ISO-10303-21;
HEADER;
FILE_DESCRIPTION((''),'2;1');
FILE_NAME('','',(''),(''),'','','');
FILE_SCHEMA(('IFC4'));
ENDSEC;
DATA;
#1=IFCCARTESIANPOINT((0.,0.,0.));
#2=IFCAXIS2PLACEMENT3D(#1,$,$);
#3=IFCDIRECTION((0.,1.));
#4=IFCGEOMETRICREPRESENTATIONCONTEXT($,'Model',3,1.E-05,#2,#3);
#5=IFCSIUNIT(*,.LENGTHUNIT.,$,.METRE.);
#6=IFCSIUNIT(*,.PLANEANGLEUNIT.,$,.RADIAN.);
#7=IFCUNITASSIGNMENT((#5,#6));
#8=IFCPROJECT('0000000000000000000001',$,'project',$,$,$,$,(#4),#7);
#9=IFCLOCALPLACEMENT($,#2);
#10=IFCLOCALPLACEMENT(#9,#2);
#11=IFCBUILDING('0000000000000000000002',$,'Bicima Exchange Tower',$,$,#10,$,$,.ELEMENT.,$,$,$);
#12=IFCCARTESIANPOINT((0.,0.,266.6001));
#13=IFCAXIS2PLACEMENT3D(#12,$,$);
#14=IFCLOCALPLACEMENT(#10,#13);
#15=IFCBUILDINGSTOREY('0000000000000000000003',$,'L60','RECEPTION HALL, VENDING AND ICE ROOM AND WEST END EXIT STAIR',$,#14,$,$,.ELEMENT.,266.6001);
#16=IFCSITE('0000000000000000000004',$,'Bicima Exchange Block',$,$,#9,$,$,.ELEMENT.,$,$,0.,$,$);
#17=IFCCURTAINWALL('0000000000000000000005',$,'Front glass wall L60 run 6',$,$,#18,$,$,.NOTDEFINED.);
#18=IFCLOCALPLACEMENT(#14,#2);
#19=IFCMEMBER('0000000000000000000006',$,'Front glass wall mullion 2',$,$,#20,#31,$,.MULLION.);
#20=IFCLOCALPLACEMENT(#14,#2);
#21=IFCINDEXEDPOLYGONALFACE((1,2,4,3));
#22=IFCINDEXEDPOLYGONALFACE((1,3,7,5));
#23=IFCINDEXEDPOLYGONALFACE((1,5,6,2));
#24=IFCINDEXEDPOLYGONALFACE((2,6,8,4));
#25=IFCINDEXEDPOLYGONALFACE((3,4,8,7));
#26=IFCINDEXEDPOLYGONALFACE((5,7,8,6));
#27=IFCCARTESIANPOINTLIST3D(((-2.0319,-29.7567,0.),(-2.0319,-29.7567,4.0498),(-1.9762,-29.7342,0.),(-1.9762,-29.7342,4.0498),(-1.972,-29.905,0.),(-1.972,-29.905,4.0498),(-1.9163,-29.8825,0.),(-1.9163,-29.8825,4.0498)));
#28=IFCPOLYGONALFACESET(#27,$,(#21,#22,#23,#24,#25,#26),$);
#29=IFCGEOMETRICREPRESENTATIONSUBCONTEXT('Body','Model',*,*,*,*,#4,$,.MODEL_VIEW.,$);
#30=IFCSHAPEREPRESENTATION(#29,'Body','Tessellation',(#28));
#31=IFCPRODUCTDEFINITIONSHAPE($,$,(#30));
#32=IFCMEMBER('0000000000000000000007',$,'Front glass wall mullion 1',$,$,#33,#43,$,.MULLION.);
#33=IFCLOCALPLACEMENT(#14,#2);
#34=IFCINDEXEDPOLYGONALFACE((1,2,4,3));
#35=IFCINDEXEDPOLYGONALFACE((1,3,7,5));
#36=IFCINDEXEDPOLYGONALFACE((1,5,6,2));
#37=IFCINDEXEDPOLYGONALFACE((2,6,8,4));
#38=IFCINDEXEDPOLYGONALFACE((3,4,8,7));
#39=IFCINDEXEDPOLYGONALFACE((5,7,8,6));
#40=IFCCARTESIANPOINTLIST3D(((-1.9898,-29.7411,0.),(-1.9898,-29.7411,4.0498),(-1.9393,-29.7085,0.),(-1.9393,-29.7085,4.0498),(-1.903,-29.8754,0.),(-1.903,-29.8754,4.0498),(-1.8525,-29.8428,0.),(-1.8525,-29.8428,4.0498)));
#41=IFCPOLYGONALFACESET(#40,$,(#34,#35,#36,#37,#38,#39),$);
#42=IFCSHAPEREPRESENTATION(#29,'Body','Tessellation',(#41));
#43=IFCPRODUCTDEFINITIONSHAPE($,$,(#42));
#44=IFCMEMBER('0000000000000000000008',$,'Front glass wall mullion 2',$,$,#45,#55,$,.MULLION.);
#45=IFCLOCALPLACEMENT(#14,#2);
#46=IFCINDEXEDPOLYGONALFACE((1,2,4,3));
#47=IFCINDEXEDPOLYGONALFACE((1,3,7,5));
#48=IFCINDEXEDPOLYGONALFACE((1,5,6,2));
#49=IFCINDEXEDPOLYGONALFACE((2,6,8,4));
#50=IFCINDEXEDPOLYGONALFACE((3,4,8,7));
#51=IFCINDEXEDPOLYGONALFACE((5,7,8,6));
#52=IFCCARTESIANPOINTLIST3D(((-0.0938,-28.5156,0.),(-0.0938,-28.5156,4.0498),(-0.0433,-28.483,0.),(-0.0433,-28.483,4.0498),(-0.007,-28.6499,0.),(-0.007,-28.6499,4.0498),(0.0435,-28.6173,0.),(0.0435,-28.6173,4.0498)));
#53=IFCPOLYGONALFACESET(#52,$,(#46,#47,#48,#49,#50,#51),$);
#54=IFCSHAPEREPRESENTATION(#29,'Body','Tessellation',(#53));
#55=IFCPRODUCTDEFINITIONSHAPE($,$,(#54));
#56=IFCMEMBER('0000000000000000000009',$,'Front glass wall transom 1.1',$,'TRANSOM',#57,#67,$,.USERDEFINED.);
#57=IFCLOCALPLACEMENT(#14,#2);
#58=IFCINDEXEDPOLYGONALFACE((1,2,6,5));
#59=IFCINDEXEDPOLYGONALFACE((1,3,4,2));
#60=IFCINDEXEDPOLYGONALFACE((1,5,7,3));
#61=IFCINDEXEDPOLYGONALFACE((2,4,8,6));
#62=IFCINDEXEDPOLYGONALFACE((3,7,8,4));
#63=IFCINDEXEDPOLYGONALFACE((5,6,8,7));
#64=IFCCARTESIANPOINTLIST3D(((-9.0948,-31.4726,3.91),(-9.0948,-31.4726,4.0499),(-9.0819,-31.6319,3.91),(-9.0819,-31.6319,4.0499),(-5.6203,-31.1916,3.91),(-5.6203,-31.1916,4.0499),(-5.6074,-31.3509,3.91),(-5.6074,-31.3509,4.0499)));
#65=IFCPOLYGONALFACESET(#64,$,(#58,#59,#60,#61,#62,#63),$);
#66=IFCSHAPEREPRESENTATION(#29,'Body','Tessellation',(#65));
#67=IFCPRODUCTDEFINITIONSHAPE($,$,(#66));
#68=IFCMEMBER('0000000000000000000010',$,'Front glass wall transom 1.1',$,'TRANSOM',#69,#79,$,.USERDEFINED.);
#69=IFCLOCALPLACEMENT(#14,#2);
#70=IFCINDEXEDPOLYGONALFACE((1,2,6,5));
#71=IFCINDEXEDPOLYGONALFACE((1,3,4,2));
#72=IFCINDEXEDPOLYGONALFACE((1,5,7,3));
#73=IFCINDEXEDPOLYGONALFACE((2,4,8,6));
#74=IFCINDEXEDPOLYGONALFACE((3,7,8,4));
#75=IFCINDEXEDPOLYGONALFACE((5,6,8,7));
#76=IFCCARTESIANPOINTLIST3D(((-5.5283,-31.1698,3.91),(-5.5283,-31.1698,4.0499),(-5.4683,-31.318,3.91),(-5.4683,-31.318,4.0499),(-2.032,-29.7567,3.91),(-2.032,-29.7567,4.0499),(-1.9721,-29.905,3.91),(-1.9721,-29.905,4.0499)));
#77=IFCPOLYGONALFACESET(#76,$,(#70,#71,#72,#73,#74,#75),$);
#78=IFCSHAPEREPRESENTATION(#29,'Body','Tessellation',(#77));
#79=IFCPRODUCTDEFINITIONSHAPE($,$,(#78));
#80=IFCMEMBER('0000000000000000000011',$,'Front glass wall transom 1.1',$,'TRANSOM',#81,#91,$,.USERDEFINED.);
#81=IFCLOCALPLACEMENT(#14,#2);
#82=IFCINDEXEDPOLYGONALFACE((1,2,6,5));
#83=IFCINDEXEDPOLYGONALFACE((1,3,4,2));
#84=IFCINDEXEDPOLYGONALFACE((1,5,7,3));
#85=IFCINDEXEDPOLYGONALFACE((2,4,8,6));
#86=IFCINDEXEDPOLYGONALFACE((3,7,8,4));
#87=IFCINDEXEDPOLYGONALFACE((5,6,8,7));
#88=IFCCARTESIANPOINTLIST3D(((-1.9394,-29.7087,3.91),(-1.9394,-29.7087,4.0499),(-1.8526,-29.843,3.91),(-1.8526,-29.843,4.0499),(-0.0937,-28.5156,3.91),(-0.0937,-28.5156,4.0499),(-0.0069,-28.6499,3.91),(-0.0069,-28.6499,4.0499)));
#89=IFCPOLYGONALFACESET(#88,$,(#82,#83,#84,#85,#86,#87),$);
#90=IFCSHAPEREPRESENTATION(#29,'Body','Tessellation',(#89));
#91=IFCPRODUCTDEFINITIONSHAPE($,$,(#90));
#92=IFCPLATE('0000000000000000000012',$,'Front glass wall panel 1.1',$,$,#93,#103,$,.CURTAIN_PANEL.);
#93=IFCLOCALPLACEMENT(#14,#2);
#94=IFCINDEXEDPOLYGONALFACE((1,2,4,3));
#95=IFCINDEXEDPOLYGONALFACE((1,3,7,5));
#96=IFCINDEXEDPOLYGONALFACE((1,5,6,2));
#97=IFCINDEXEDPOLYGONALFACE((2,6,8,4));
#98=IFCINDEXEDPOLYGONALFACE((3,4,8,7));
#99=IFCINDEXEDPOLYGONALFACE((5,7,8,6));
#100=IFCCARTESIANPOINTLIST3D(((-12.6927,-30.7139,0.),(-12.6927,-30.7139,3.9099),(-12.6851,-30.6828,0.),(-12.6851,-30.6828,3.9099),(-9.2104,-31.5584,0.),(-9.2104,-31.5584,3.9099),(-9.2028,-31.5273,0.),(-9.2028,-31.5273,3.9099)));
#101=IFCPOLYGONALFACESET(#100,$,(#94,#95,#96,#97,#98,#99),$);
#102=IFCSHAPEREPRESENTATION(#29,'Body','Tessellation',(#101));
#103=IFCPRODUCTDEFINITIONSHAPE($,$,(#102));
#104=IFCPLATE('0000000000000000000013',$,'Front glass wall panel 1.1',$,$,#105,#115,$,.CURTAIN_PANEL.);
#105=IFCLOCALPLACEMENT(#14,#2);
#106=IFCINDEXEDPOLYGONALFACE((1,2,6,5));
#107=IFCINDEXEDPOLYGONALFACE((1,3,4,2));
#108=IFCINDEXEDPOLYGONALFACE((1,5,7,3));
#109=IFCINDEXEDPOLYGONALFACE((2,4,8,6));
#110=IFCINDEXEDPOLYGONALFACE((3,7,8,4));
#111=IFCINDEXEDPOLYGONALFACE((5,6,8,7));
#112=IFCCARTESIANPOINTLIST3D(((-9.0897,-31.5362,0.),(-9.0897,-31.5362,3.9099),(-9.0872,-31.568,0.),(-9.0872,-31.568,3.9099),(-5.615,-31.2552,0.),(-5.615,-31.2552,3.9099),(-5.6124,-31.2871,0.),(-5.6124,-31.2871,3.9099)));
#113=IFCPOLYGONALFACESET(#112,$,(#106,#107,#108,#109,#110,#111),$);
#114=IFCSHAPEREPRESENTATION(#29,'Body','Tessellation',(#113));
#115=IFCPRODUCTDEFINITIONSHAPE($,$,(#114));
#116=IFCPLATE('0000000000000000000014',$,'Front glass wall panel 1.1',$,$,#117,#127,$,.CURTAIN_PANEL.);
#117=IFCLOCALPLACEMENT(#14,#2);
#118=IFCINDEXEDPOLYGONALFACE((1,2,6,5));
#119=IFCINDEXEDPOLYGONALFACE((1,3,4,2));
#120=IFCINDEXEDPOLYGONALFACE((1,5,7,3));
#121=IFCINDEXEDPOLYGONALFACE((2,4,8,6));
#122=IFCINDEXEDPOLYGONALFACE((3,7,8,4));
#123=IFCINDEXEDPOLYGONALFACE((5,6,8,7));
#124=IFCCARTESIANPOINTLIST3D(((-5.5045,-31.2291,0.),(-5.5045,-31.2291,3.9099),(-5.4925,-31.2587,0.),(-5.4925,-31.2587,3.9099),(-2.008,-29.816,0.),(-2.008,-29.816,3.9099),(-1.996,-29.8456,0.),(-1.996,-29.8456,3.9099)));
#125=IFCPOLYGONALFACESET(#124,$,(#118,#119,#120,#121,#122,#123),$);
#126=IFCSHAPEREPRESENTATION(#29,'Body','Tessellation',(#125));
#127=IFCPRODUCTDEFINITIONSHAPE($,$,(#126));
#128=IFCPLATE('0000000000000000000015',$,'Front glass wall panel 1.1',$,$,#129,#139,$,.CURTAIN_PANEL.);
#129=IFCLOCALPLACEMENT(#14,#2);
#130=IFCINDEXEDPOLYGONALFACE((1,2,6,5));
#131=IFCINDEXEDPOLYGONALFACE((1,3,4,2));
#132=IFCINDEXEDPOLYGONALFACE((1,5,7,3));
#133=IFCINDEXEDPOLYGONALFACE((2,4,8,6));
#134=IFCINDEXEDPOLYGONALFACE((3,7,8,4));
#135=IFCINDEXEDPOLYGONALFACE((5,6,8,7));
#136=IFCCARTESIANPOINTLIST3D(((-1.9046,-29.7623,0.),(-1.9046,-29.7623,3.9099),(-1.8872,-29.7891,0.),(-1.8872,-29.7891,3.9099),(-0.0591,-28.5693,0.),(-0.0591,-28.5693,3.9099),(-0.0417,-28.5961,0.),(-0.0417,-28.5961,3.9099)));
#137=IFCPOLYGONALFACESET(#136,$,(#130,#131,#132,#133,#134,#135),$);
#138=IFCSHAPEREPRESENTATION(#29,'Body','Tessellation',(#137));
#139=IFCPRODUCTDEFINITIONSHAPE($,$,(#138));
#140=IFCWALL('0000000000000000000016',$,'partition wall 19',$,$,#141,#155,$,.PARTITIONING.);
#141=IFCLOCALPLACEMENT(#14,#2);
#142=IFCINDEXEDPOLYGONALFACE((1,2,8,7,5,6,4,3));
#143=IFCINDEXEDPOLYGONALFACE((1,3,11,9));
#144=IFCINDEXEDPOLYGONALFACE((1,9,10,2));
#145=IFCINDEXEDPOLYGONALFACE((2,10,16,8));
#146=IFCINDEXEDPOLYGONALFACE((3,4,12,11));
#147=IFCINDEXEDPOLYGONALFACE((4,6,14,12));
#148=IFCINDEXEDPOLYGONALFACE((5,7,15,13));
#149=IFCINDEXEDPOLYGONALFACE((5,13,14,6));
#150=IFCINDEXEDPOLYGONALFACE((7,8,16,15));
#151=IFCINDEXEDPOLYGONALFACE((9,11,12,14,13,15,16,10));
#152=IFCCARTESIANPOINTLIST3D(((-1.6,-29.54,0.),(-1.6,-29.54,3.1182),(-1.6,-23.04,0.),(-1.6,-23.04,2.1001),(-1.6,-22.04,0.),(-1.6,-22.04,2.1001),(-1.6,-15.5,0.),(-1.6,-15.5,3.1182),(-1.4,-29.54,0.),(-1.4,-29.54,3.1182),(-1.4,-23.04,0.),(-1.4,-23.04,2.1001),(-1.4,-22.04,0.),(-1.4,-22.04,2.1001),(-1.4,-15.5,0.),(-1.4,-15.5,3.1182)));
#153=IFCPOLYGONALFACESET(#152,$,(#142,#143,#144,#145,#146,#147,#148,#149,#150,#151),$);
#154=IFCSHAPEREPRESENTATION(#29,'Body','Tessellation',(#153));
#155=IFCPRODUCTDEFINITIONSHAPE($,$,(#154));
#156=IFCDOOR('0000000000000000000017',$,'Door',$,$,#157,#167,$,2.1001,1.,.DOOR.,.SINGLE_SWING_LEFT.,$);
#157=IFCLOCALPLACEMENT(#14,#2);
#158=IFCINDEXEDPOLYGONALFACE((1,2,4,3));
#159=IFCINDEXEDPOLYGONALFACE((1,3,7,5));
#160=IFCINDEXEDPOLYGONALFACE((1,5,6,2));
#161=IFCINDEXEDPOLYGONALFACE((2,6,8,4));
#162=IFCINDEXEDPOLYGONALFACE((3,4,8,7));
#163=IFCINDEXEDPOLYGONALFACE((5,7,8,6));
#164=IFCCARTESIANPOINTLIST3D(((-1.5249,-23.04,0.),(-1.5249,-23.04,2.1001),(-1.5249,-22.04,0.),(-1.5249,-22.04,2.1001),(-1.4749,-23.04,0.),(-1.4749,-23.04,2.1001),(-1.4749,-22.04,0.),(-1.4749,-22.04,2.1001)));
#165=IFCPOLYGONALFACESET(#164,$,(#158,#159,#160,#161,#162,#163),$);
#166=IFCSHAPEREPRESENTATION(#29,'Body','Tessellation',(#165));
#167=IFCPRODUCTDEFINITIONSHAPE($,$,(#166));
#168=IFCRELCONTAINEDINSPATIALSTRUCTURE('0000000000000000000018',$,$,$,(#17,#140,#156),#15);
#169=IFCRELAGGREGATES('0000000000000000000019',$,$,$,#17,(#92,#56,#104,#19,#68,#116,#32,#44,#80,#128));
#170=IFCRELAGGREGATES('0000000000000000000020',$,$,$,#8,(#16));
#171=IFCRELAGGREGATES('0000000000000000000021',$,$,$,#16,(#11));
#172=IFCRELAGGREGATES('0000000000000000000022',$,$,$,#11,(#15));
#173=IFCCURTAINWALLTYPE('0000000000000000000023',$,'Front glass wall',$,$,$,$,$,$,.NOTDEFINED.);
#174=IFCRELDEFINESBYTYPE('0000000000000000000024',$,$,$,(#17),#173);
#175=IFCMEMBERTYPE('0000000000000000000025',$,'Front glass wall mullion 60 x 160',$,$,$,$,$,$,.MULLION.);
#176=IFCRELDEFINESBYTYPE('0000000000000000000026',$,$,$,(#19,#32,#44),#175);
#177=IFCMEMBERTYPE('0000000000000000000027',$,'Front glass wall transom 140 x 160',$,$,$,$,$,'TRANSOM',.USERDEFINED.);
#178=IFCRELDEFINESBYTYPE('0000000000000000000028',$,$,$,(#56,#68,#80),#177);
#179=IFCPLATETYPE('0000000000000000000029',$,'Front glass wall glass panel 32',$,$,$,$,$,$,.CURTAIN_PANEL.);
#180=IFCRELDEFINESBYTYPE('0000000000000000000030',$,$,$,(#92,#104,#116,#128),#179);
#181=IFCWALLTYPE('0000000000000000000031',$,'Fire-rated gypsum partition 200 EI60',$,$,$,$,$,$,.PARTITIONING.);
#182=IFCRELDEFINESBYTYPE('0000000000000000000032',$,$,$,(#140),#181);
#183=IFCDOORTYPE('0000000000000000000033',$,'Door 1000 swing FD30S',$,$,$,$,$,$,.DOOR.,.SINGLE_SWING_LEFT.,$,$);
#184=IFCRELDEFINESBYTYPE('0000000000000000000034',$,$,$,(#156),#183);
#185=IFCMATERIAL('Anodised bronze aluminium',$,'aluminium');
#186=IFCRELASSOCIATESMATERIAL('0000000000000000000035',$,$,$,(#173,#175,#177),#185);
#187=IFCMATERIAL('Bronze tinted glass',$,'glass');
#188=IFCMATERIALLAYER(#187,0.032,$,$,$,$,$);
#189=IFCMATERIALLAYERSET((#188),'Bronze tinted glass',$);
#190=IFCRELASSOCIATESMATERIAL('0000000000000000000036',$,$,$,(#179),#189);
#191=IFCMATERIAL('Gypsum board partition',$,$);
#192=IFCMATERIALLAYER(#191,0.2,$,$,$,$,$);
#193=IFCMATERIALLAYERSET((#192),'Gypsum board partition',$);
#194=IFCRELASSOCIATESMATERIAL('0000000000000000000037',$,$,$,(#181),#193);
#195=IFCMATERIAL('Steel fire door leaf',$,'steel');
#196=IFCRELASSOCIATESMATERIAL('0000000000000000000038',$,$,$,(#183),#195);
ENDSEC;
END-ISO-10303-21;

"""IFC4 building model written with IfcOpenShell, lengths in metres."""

from ifc_helpers import new_model, si_unit, direction, frame, frame_2d, origin, origin_2d, place, context, subcontext, project, spatial, rectangle, extrude, material, layer, layer_set, material_profile, profile_set, type_object, element, fill, aggregate, save


model = new_model("IFC4")

# Units and contexts
model_context = context("Model", 3, precision=1e-05, world=origin(), true_north=direction((0.0, 1.0)))
body_context = subcontext(model_context, "Body", "Model", "MODEL_VIEW")
ifc_project = project(units=[si_unit("LENGTHUNIT", "METRE"), si_unit("PLANEANGLEUNIT", "RADIAN")], contexts=[model_context])

# Site, building, storey
site_placement = place(None, origin())
site = spatial("IfcSite", under=ifc_project, at=site_placement, Name="Bicima Exchange Block", CompositionType="ELEMENT", RefElevation=0.0)
building_placement = place(site_placement, origin())
building = spatial("IfcBuilding", under=site, at=building_placement, Name="Bicima Exchange Tower", CompositionType="ELEMENT")
storey_placement = place(building_placement, frame((0.0, 0.0, 266.6001)))
storey = spatial("IfcBuildingStorey", under=building, at=storey_placement, Name="L60", Description="RECEPTION HALL, VENDING AND ICE ROOM AND WEST END EXIT STAIR", CompositionType="ELEMENT", Elevation=266.6001)

# Curtain wall, members, plates
ifc_material_1 = material(Name="Anodised bronze aluminium", Category="aluminium")
curtain_wall_type = type_object("IfcCurtainWallType", Name="Front glass wall", PredefinedType="NOTDEFINED", material=ifc_material_1)
curtain_wall_placement = place(storey_placement, origin())
curtain_wall = element("IfcCurtainWall", 1, at=curtain_wall_placement, inside=storey, type_object=curtain_wall_type, Name="Front glass wall L60 run 6", PredefinedType="NOTDEFINED")
ifc_material_profile_1 = material_profile(ifc_material_1, rectangle(XDim=0.1599, YDim=0.0601, at=origin_2d()))
ifc_profile_set_1 = profile_set([ifc_material_profile_1], Name="Anodised bronze aluminium")
member_type_1 = type_object("IfcMemberType", Name="Front glass wall mullion 60 x 160", PredefinedType="MULLION", material=ifc_profile_set_1)
member_1_placement = place(storey_placement, frame((-1.9741, -29.8196, 0.0), z_axis=(0.0, 0.0, 1.0), x_axis=(-0.374705, 0.927144, 0.0)))
member_1 = element("IfcMember", 2, at=member_1_placement, type_object=member_type_1, Name="Front glass wall mullion 2", PredefinedType="MULLION", context=body_context, shape_type="SweptSolid", body=[
    extrude(rectangle(XDim=0.1599, YDim=0.0601, at=origin_2d()), origin(), (0.0, 0.0, 1.0), 4.0498),
])
member_2_placement = place(storey_placement, frame((-1.9211, -29.792, 0.0), z_axis=(0.0, 0.0, 1.0), x_axis=(-0.542897, 0.839799, 0.0)))
member_2 = element("IfcMember", 3, at=member_2_placement, type_object=member_type_1, Name="Front glass wall mullion 1", PredefinedType="MULLION", context=body_context, shape_type="SweptSolid", body=[
    extrude(rectangle(XDim=0.1599, YDim=0.0601, at=origin_2d()), origin(), (0.0, 0.0, 1.0), 4.0498),
])
member_3_placement = place(storey_placement, frame((-0.0251, -28.5664, 0.0), z_axis=(0.0, 0.0, 1.0), x_axis=(-0.542897, 0.839799, 0.0)))
member_3 = element("IfcMember", 4, at=member_3_placement, type_object=member_type_1, Name="Front glass wall mullion 2", PredefinedType="MULLION", context=body_context, shape_type="SweptSolid", body=[
    extrude(rectangle(XDim=0.1599, YDim=0.0601, at=origin_2d()), origin(), (0.0, 0.0, 1.0), 4.0498),
])
ifc_material_profile_2 = material_profile(ifc_material_1, rectangle(XDim=0.1599, YDim=0.1399, at=origin_2d()))
ifc_profile_set_2 = profile_set([ifc_material_profile_2], Name="Anodised bronze aluminium")
member_type_2 = type_object("IfcMemberType", Name="Front glass wall transom 140 x 160", ElementType="TRANSOM", PredefinedType="USERDEFINED", material=ifc_profile_set_2)
member_4_placement = place(storey_placement, frame((-9.0884, -31.5522, 3.98), z_axis=(0.996746, 0.080611, 0.0), x_axis=(-0.080611, 0.996746, 0.0)))
member_4 = element("IfcMember", 5, at=member_4_placement, type_object=member_type_2, Name="Front glass wall transom 1.1", ObjectType="TRANSOM", PredefinedType="USERDEFINED", context=body_context, shape_type="SweptSolid", body=[
    extrude(rectangle(XDim=0.1599, YDim=0.1399, at=origin_2d()), origin(), (0.0, 0.0, 1.0), 3.4858),
])
member_5_placement = place(storey_placement, frame((-5.4983, -31.2439, 3.98), z_axis=(0.92714, 0.374715, 0.0), x_axis=(-0.374715, 0.92714, 0.0)))
member_5 = element("IfcMember", 6, at=member_5_placement, type_object=member_type_2, Name="Front glass wall transom 1.1", ObjectType="TRANSOM", PredefinedType="USERDEFINED", context=body_context, shape_type="SweptSolid", body=[
    extrude(rectangle(XDim=0.1599, YDim=0.1399, at=origin_2d()), origin(), (0.0, 0.0, 1.0), 3.771),
])
member_6_placement = place(storey_placement, frame((-1.896, -29.7759, 3.98), z_axis=(0.839811, 0.542878, 0.0), x_axis=(-0.542878, 0.839811, 0.0)))
member_6 = element("IfcMember", 7, at=member_6_placement, type_object=member_type_2, Name="Front glass wall transom 1.1", ObjectType="TRANSOM", PredefinedType="USERDEFINED", context=body_context, shape_type="SweptSolid", body=[
    extrude(rectangle(XDim=0.1599, YDim=0.1399, at=origin_2d()), origin(), (0.0, 0.0, 1.0), 2.1978),
])
ifc_material_2 = material(Name="Bronze tinted glass", Category="glass")
ifc_layer_1 = layer(ifc_material_2, 0.032)
ifc_layer_set_1 = layer_set([ifc_layer_1], Name="Bronze tinted glass")
plate_type = type_object("IfcPlateType", Name="Front glass wall glass panel 32", PredefinedType="CURTAIN_PANEL", material=ifc_layer_set_1)
plate_1_placement = place(storey_placement, frame((-10.9478, -31.1206, 0.0), z_axis=(0.0, 0.0, 1.0), x_axis=(0.97183, -0.235682, 0.0)))
plate_1 = element("IfcPlate", 8, at=plate_1_placement, type_object=plate_type, Name="Front glass wall panel 1.1", PredefinedType="CURTAIN_PANEL", context=body_context, shape_type="SweptSolid", body=[
    extrude(rectangle(XDim=3.5833, YDim=0.032, at=origin_2d()), origin(), (0.0, 0.0, 1.0), 3.9099),
])
plate_2_placement = place(storey_placement, frame((-7.3511, -31.4116, 0.0), z_axis=(0.0, 0.0, 1.0), x_axis=(0.996747, 0.080589, 0.0)))
plate_2 = element("IfcPlate", 9, at=plate_2_placement, type_object=plate_type, Name="Front glass wall panel 1.1", PredefinedType="CURTAIN_PANEL", context=body_context, shape_type="SweptSolid", body=[
    extrude(rectangle(XDim=3.4861, YDim=0.032, at=origin_2d()), origin(), (0.0, 0.0, 1.0), 3.9099),
])
plate_3_placement = place(storey_placement, frame((-3.7502, -30.5374, 0.0), z_axis=(0.0, 0.0, 1.0), x_axis=(0.927144, 0.374705, 0.0)))
plate_3 = element("IfcPlate", 10, at=plate_3_placement, type_object=plate_type, Name="Front glass wall panel 1.1", PredefinedType="CURTAIN_PANEL", context=body_context, shape_type="SweptSolid", body=[
    extrude(rectangle(XDim=3.7712, YDim=0.032, at=origin_2d()), origin(), (0.0, 0.0, 1.0), 3.9099),
])
plate_4_placement = place(storey_placement, frame((-0.9731, -29.1792, 0.0), z_axis=(0.0, 0.0, 1.0), x_axis=(0.839799, 0.542897, 0.0)))
plate_4 = element("IfcPlate", 11, at=plate_4_placement, type_object=plate_type, Name="Front glass wall panel 1.1", PredefinedType="CURTAIN_PANEL", context=body_context, shape_type="SweptSolid", body=[
    extrude(rectangle(XDim=2.1975, YDim=0.032, at=origin_2d()), origin(), (0.0, 0.0, 1.0), 3.9099),
])
aggregate(curtain_wall, [plate_1, member_4, plate_2, member_1, member_5, plate_3, member_2, member_3, member_6, plate_4])

# Wall, opening, door
ifc_material_3 = material(Name="Gypsum board partition")
ifc_layer_2 = layer(ifc_material_3, 0.2)
ifc_layer_set_2 = layer_set([ifc_layer_2], Name="Gypsum board partition")
wall_type = type_object("IfcWallType", Name="Fire-rated gypsum partition 200 EI60", PredefinedType="PARTITIONING", material=ifc_layer_set_2)
wall_placement = place(storey_placement, frame((-1.5, -29.54, 0.0), z_axis=(0.0, 0.0, 1.0), x_axis=(0.0, 1.0, 0.0)))
wall = element("IfcWall", 12, at=wall_placement, inside=storey, type_object=wall_type, Name="partition wall 19", PredefinedType="PARTITIONING", context=body_context, shape_type="SweptSolid", body=[
    extrude(rectangle(XDim=14.04, YDim=0.2, at=frame_2d((7.02, 0.0))), origin(), (0.0, 0.0, 1.0), 3.1182),
])
opening_placement = place(wall_placement, frame((6.5, 0.0, 0.0)))
opening = element("IfcOpeningElement", 13, at=opening_placement, cuts=wall, PredefinedType="OPENING", context=body_context, shape_type="SweptSolid", body=[
    extrude(rectangle(XDim=1.0, YDim=2.1001, at=frame_2d((0.5, 1.05))), frame((0.0, 0.1118, 0.0), z_axis=(0.0, -1.0, 0.0), x_axis=(1.0, 0.0, 0.0)), (0.0, 0.0, 1.0), 0.2239),
])
ifc_material_4 = material(Name="Steel fire door leaf", Category="steel")
door_type = type_object("IfcDoorType", Name="Door 1000 swing FD30S", OperationType="SINGLE_SWING_LEFT", PredefinedType="DOOR", material=ifc_material_4)
door_placement = place(opening_placement, origin())
door = element("IfcDoor", 14, at=door_placement, inside=storey, type_object=door_type, Name="Door", OperationType="SINGLE_SWING_LEFT", OverallHeight=2.1001, OverallWidth=1.0, PredefinedType="DOOR", context=body_context, shape_type="SweptSolid", body=[
    extrude(rectangle(XDim=1.0, YDim=2.1001, at=frame_2d((0.5, 1.05))), frame((0.0, 0.0249, 0.0), z_axis=(0.0, -1.0, 0.0), x_axis=(1.0, 0.0, 0.0)), (0.0, 0.0, 1.0), 0.05),
])
fill(opening, door)

save(model, "model.ifc")
